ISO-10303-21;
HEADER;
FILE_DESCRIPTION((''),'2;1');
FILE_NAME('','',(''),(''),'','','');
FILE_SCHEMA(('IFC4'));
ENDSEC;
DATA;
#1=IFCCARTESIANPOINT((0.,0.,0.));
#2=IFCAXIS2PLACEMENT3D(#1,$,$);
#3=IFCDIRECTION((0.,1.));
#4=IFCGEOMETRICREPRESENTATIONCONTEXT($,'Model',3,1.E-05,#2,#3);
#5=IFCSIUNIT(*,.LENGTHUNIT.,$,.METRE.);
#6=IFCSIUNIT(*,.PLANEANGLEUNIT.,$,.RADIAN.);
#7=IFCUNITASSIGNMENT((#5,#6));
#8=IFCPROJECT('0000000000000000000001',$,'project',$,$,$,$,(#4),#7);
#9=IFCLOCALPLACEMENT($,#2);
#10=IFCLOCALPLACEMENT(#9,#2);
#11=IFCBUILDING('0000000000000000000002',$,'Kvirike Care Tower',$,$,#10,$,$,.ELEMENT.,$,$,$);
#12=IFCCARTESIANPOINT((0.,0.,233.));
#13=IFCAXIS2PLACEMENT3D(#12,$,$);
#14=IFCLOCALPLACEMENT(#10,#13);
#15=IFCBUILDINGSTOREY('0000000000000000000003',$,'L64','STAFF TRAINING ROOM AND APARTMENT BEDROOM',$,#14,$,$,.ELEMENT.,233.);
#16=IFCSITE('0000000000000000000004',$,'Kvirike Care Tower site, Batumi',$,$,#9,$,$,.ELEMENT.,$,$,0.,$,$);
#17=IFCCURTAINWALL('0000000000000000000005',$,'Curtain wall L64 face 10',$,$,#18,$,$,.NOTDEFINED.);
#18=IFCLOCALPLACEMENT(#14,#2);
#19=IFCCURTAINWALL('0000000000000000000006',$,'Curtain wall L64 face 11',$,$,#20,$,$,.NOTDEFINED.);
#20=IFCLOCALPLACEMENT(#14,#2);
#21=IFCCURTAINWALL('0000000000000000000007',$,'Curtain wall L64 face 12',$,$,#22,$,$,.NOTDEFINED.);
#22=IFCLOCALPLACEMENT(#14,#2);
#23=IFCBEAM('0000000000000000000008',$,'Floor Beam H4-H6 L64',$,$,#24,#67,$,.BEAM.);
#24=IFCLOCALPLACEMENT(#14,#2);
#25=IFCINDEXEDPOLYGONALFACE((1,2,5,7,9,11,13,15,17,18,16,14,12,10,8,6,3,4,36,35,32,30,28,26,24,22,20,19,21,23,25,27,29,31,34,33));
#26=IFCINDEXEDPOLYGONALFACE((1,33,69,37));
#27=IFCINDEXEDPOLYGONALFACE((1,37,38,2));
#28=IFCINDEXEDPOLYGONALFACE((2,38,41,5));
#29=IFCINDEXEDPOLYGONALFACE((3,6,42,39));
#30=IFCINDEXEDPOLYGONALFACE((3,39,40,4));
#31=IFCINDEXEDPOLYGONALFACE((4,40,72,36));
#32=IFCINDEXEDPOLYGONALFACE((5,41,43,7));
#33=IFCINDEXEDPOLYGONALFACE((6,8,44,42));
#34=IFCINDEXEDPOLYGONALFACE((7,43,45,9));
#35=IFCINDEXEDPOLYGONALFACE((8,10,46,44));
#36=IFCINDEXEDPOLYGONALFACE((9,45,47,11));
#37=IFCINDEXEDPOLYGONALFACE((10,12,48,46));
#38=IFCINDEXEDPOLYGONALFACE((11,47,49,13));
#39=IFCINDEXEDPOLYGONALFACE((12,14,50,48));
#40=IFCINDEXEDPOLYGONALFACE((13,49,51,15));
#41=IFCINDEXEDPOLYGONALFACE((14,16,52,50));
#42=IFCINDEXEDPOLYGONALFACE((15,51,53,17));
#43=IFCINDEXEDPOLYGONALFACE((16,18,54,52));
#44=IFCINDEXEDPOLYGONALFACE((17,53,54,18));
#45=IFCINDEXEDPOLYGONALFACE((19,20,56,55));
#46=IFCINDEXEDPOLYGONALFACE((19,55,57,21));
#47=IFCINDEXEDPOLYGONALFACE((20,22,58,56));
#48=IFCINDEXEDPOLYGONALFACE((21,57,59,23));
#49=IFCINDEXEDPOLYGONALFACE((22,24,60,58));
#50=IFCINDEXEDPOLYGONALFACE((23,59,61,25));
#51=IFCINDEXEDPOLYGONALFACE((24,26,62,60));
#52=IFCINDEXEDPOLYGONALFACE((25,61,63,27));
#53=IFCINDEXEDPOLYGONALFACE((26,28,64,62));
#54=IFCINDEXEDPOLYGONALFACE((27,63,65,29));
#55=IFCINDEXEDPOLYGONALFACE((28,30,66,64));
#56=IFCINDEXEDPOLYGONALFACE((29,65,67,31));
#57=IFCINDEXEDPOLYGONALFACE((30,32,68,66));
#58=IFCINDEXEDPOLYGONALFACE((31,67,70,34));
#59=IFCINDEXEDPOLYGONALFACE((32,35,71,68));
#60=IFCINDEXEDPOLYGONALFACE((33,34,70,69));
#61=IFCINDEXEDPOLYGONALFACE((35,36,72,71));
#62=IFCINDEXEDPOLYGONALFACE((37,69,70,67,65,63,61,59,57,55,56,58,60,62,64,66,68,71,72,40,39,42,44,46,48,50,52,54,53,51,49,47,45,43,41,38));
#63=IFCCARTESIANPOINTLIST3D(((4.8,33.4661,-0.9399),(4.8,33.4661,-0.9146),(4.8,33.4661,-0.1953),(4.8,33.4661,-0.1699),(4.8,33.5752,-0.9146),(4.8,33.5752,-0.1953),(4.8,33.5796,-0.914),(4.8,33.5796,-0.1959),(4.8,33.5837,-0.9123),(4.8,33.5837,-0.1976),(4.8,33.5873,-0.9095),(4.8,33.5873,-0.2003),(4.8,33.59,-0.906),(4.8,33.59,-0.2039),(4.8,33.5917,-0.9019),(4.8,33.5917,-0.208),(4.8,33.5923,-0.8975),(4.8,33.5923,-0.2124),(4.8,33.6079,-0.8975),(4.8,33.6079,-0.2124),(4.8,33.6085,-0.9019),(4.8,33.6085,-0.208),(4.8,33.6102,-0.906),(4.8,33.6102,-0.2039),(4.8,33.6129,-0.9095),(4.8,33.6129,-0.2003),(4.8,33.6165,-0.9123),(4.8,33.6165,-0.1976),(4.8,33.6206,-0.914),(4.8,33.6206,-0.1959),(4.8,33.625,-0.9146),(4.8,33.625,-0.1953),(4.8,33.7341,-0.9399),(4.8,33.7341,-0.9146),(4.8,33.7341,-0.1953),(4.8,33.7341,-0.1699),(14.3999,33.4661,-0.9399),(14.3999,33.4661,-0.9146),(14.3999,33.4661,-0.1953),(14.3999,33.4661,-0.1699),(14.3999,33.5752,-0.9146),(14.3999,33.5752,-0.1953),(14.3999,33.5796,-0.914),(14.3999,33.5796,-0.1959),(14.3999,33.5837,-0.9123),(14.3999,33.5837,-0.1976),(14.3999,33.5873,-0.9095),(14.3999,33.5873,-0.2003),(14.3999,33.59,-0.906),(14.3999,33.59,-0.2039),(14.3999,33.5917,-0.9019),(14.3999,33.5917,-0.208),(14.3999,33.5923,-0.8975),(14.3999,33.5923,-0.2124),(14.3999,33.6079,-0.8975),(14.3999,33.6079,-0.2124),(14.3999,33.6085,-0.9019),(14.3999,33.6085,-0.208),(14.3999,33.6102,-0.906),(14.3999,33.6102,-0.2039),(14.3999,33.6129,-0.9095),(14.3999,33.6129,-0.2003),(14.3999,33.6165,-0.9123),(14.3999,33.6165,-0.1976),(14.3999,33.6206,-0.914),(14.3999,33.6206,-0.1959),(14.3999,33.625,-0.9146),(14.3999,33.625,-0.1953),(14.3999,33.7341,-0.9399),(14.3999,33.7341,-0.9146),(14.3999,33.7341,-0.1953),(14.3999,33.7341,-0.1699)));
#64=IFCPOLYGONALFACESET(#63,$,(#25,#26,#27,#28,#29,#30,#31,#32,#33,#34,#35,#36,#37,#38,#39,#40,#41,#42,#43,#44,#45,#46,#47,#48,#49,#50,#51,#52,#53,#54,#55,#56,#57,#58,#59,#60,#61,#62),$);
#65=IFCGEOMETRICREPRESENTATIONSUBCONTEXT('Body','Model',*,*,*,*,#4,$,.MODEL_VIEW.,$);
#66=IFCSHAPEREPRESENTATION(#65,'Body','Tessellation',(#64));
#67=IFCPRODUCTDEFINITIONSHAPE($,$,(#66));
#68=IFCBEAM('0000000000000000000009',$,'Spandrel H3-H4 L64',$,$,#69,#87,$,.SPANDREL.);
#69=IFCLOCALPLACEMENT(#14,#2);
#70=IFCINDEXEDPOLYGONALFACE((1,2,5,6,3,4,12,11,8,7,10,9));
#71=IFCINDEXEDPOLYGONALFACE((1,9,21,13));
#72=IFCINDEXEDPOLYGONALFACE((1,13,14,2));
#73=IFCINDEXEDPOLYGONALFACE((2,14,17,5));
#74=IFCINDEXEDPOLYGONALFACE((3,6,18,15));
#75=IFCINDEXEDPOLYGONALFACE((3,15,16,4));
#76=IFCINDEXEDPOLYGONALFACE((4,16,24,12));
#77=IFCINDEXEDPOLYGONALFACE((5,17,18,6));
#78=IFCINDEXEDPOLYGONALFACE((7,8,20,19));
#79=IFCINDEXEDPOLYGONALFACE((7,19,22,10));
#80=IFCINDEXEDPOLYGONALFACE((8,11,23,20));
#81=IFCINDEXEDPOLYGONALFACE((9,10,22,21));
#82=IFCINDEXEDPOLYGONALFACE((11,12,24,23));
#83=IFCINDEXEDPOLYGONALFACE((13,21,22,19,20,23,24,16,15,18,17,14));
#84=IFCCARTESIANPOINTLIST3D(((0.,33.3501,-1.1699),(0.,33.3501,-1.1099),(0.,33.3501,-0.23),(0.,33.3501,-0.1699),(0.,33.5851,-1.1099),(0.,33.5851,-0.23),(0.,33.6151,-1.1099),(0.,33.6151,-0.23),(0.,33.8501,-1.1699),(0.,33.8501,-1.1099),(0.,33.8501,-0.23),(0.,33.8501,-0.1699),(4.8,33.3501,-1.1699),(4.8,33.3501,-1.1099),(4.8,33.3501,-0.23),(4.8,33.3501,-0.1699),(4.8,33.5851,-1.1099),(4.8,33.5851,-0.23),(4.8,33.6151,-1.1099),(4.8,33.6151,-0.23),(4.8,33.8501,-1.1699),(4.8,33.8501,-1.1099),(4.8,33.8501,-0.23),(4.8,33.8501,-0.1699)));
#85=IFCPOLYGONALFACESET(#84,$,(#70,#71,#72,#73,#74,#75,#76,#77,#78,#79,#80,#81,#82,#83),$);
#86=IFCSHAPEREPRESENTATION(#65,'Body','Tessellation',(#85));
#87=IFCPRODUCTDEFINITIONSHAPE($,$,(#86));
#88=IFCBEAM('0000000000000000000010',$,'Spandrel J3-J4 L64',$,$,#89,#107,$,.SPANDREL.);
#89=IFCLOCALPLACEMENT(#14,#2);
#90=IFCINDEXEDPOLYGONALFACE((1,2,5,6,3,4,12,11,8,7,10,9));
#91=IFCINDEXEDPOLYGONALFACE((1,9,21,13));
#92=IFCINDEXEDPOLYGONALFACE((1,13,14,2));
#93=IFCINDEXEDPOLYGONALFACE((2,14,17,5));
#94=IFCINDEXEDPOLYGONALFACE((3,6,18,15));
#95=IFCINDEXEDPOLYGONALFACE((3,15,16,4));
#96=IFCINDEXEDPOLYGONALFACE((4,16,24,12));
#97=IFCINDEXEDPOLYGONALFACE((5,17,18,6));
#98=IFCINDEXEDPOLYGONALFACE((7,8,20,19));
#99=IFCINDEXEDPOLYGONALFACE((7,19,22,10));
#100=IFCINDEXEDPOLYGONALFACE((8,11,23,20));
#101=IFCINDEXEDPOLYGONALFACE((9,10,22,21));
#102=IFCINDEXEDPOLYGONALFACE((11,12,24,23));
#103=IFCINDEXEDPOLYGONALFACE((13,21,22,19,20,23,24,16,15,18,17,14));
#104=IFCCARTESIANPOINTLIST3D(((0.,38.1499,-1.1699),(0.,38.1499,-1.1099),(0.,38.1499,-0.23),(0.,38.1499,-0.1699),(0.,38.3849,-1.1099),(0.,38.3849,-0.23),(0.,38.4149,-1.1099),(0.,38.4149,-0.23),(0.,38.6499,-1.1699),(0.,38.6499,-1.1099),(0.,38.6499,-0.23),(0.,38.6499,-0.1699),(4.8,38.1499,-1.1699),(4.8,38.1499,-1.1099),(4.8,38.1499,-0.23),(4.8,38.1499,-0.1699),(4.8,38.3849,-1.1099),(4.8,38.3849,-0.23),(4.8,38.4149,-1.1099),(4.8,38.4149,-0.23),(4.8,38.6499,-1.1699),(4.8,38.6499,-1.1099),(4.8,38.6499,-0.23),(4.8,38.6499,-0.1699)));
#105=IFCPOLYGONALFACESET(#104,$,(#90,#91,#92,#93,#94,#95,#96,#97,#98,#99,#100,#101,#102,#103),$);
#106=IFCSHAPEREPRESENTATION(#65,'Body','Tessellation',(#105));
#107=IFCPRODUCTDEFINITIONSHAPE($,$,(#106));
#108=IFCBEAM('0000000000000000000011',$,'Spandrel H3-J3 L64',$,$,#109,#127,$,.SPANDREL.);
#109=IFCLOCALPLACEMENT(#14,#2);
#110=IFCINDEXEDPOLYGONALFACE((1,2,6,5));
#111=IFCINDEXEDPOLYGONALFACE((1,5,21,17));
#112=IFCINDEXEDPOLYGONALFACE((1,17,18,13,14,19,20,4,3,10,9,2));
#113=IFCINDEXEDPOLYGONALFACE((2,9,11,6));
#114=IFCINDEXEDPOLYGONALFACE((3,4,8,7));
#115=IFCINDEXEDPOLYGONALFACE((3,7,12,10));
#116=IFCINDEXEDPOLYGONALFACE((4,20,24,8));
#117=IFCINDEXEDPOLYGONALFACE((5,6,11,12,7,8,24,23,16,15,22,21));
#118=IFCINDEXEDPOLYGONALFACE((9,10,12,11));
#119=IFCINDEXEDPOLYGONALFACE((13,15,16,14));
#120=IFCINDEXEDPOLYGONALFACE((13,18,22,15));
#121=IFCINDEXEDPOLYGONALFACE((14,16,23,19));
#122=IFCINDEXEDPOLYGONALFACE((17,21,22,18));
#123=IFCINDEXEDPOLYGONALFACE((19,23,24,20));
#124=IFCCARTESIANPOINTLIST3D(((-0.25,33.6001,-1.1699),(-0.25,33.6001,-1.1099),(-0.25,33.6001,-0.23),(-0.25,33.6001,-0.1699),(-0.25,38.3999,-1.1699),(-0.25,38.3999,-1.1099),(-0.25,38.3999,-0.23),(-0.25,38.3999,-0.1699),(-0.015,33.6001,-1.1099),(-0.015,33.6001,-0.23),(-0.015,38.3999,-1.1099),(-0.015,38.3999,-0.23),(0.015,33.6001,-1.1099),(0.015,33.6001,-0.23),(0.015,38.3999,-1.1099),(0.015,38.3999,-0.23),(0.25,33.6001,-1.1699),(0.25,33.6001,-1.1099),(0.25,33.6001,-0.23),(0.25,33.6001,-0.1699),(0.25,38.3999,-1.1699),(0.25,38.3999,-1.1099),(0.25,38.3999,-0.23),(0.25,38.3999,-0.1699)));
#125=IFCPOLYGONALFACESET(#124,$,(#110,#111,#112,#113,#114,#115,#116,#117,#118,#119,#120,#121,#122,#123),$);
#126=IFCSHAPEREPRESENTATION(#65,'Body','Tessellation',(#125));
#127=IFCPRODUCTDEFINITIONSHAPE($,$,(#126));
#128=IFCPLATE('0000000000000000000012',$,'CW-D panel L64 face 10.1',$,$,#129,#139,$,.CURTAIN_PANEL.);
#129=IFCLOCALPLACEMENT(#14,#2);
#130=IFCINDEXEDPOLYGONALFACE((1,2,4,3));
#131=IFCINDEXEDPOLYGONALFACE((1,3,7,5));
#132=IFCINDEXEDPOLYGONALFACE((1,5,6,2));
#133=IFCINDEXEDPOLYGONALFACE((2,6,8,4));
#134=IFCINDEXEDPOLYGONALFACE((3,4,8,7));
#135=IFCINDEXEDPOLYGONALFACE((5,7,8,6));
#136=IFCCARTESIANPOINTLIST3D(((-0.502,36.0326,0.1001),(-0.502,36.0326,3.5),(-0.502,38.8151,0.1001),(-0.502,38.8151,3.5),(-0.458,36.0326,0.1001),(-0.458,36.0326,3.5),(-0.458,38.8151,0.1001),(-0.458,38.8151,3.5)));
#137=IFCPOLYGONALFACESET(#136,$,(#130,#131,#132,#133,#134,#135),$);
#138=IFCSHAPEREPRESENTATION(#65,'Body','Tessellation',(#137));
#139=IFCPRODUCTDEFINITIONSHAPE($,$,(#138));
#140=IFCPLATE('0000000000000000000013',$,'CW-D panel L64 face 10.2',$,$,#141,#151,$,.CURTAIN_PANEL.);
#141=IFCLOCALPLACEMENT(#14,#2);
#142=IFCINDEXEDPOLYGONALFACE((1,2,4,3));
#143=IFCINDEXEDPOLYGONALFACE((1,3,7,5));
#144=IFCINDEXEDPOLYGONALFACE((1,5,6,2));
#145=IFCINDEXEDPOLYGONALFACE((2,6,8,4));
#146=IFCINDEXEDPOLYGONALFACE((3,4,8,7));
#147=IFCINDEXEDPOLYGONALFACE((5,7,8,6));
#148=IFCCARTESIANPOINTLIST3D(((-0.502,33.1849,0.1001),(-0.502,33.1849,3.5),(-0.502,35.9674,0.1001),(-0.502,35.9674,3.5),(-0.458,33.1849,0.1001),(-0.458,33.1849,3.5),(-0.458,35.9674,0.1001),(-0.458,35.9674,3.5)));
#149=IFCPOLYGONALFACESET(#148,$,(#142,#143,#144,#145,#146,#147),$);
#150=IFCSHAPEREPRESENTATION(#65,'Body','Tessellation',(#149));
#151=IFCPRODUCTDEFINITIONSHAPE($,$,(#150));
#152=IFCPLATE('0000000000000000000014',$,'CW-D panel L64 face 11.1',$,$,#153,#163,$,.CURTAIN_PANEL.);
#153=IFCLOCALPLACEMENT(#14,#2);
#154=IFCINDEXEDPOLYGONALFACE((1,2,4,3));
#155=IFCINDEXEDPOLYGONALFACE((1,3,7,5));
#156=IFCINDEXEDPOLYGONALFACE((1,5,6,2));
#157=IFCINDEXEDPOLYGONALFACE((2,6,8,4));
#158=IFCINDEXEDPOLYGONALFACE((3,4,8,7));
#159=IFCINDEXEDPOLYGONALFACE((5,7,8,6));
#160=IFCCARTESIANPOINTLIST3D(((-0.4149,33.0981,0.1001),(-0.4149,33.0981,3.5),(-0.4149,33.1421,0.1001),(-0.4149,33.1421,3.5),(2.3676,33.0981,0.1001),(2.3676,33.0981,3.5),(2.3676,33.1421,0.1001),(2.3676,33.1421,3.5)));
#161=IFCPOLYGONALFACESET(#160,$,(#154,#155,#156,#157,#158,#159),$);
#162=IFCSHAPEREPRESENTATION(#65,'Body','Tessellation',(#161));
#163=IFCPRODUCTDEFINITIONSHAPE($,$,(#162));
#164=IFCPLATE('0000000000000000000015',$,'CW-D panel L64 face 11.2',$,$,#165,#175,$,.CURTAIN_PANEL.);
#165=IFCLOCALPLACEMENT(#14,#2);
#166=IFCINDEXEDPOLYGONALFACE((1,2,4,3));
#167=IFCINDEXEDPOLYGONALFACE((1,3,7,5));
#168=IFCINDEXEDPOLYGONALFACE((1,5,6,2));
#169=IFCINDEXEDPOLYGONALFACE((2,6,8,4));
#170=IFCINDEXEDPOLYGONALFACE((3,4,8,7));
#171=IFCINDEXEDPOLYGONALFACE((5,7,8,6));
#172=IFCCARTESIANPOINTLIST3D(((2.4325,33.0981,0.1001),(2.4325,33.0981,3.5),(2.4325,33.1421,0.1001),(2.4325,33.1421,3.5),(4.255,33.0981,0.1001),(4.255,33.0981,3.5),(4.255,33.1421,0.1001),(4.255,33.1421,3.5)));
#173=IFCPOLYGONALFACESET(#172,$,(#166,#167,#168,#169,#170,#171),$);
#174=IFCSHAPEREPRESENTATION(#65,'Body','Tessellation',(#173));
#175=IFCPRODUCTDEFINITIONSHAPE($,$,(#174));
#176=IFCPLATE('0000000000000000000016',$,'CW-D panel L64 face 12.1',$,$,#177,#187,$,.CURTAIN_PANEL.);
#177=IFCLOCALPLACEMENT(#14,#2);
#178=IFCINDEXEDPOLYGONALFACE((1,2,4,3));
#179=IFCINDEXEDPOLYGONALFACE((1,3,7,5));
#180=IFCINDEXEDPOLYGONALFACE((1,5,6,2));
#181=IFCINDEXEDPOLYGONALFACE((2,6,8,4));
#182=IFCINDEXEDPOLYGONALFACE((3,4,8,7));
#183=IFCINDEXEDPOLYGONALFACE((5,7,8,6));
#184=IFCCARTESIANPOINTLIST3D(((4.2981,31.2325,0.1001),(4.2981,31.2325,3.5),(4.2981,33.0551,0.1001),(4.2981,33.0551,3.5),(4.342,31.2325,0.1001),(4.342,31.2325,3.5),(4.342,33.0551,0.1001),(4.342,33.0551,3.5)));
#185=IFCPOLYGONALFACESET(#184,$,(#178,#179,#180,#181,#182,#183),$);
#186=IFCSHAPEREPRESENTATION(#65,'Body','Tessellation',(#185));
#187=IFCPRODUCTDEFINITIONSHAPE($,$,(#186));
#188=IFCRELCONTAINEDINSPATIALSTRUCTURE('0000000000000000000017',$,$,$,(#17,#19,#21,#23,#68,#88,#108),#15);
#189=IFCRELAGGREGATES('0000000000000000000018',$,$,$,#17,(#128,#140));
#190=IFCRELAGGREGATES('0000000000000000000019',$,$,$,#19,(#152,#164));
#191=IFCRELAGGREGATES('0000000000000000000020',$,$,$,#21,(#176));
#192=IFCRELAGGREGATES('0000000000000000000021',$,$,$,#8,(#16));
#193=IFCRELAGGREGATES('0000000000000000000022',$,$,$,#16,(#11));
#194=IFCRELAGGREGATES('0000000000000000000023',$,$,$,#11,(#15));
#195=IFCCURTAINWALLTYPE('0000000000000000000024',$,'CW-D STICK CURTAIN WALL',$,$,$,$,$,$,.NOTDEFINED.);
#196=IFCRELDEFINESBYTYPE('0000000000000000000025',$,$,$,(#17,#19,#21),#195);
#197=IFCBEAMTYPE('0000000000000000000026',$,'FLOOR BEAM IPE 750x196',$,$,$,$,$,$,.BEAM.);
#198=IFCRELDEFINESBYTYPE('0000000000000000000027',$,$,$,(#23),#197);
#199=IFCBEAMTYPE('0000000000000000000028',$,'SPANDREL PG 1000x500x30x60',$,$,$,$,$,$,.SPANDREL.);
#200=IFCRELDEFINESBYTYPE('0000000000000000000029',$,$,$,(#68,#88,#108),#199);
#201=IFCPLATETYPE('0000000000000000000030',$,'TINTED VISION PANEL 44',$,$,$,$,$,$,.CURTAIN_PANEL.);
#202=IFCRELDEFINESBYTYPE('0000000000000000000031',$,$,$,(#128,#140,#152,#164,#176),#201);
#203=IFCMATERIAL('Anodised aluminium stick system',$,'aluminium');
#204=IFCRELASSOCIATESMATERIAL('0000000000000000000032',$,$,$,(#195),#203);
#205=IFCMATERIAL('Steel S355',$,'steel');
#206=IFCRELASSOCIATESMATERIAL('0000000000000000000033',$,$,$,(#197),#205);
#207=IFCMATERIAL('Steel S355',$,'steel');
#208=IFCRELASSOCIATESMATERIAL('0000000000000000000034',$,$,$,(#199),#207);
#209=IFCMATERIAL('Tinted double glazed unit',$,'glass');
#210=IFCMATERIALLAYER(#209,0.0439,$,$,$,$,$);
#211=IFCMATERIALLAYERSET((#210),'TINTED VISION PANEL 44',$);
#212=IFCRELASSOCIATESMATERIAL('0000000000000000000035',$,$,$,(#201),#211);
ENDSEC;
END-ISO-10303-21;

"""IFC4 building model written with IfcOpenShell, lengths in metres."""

from ifc_helpers import new_model, si_unit, direction, frame, origin, origin_2d, place, context, subcontext, project, spatial, rectangle, i_section, extrude, material, layer, layer_set, material_profile, profile_set, type_object, element, aggregate, save


model = new_model("IFC4")

# Units and contexts
model_context = context("Model", 3, precision=1e-05, world=origin(), true_north=direction((0.0, 1.0)))
body_context = subcontext(model_context, "Body", "Model", "MODEL_VIEW")
ifc_project = project(units=[si_unit("LENGTHUNIT", "METRE"), si_unit("PLANEANGLEUNIT", "RADIAN")], contexts=[model_context])

# Site, building, storey
site_placement = place(None, origin())
site = spatial("IfcSite", under=ifc_project, at=site_placement, Name="Kvirike Care Tower site, Batumi", CompositionType="ELEMENT", RefElevation=0.0)
building_placement = place(site_placement, origin())
building = spatial("IfcBuilding", under=site, at=building_placement, Name="Kvirike Care Tower", CompositionType="ELEMENT")
storey_placement = place(building_placement, frame((0.0, 0.0, 233.0)))
storey = spatial("IfcBuildingStorey", under=building, at=storey_placement, Name="L64", Description="STAFF TRAINING ROOM AND APARTMENT BEDROOM", CompositionType="ELEMENT", Elevation=233.0)

# Curtain walls
ifc_material_1 = material(Name="Anodised aluminium stick system", Category="aluminium")
curtain_wall_type = type_object("IfcCurtainWallType", Name="CW-D STICK CURTAIN WALL", PredefinedType="NOTDEFINED", material=ifc_material_1)
curtain_wall_1_placement = place(storey_placement, origin())
curtain_wall_1 = element("IfcCurtainWall", 1, at=curtain_wall_1_placement, inside=storey, type_object=curtain_wall_type, Name="Curtain wall L64 face 10", PredefinedType="NOTDEFINED")
curtain_wall_2_placement = place(storey_placement, origin())
curtain_wall_2 = element("IfcCurtainWall", 2, at=curtain_wall_2_placement, inside=storey, type_object=curtain_wall_type, Name="Curtain wall L64 face 11", PredefinedType="NOTDEFINED")

# Curtain wall
curtain_wall_3_placement = place(storey_placement, origin())
curtain_wall_3 = element("IfcCurtainWall", 3, at=curtain_wall_3_placement, inside=storey, type_object=curtain_wall_type, Name="Curtain wall L64 face 12", PredefinedType="NOTDEFINED")

# Beams
ifc_material_2 = material(Name="Steel S355", Category="steel")
ifc_material_profile_1 = material_profile(ifc_material_2, i_section(OverallWidth=0.2681, OverallDepth=0.77, WebThickness=0.0156, FlangeThickness=0.0254, FilletRadius=0.0171, at=origin_2d()), Name="IPE 750x196")
ifc_profile_set_1 = profile_set([ifc_material_profile_1], Name="Steel S355")
beam_type_1 = type_object("IfcBeamType", Name="FLOOR BEAM IPE 750x196", PredefinedType="BEAM", material=ifc_profile_set_1)
beam_1_placement = place(storey_placement, frame((4.8, 33.6001, -0.5549), z_axis=(1.0, 0.0, 0.0), x_axis=(0.0, 1.0, 0.0)))
element("IfcBeam", 4, at=beam_1_placement, inside=storey, type_object=beam_type_1, Name="Floor Beam H4-H6 L64", PredefinedType="BEAM", context=body_context, shape_type="SweptSolid", body=[
    extrude(i_section(OverallWidth=0.2681, OverallDepth=0.77, WebThickness=0.0156, FlangeThickness=0.0254, FilletRadius=0.0171, at=origin_2d()), origin(), (0.0, 0.0, 1.0), 9.5999),
])
ifc_material_3 = material(Name="Steel S355", Category="steel")
ifc_material_profile_2 = material_profile(ifc_material_3, i_section(OverallWidth=0.5, OverallDepth=1.0, WebThickness=0.03, FlangeThickness=0.0601, at=origin_2d()), Name="PG 1000x500x30x60")
ifc_profile_set_2 = profile_set([ifc_material_profile_2], Name="Steel S355")
beam_type_2 = type_object("IfcBeamType", Name="SPANDREL PG 1000x500x30x60", PredefinedType="SPANDREL", material=ifc_profile_set_2)
for number, where, z_axis, x_axis, name in (
    (5, (0.0, 33.6001, -0.6699), (1.0, 0.0, 0.0), (0.0, 1.0, 0.0), "Spandrel H3-H4 L64"),
    (6, (0.0, 38.3999, -0.6699), (1.0, 0.0, 0.0), (0.0, 1.0, 0.0), "Spandrel J3-J4 L64"),
):
    element("IfcBeam", number, at=place(storey_placement, frame(where, z_axis=z_axis, x_axis=x_axis)), inside=storey, type_object=beam_type_2, Name=name, PredefinedType="SPANDREL", context=body_context, shape_type="SweptSolid", body=[
        extrude(i_section(OverallWidth=0.5, OverallDepth=1.0, WebThickness=0.03, FlangeThickness=0.0601, at=origin_2d()), origin(), (0.0, 0.0, 1.0), 4.8),
    ])
beam_2_placement = place(storey_placement, frame((0.0, 33.6001, -0.6699), z_axis=(0.0, 1.0, 0.0), x_axis=(-1.0, 0.0, 0.0)))
element("IfcBeam", 7, at=beam_2_placement, inside=storey, type_object=beam_type_2, Name="Spandrel H3-J3 L64", PredefinedType="SPANDREL", context=body_context, shape_type="SweptSolid", body=[
    extrude(i_section(OverallWidth=0.5, OverallDepth=1.0, WebThickness=0.03, FlangeThickness=0.0601, at=origin_2d()), origin(), (0.0, 0.0, 1.0), 4.7998),
])

# Plates
ifc_material_4 = material(Name="Tinted double glazed unit", Category="glass")
ifc_layer_1 = layer(ifc_material_4, 0.0439)
ifc_layer_set_1 = layer_set([ifc_layer_1], Name="TINTED VISION PANEL 44")
plate_type = type_object("IfcPlateType", Name="TINTED VISION PANEL 44", PredefinedType="CURTAIN_PANEL", material=ifc_layer_set_1)
plate_1_placement = place(storey_placement, frame((-0.48, 37.4238, 0.1001), z_axis=(0.0, 0.0, 1.0), x_axis=(0.0, -1.0, 0.0)))
plate_1 = element("IfcPlate", 8, at=plate_1_placement, type_object=plate_type, Name="CW-D panel L64 face 10.1", PredefinedType="CURTAIN_PANEL", context=body_context, shape_type="SweptSolid", body=[
    extrude(rectangle(XDim=2.7825, YDim=0.0439, at=origin_2d()), origin(), (0.0, 0.0, 1.0), 3.3999),
])
plate_2_placement = place(storey_placement, frame((-0.48, 34.5762, 0.1001), z_axis=(0.0, 0.0, 1.0), x_axis=(0.0, -1.0, 0.0)))
plate_2 = element("IfcPlate", 9, at=plate_2_placement, type_object=plate_type, Name="CW-D panel L64 face 10.2", PredefinedType="CURTAIN_PANEL", context=body_context, shape_type="SweptSolid", body=[
    extrude(rectangle(XDim=2.7825, YDim=0.0439, at=origin_2d()), origin(), (0.0, 0.0, 1.0), 3.3999),
])
aggregate(curtain_wall_1, [plate_1, plate_2])
plate_3_placement = place(storey_placement, frame((0.9763, 33.1201, 0.1001), z_axis=(0.0, 0.0, 1.0), x_axis=(1.0, 0.0, 0.0)))
plate_3 = element("IfcPlate", 10, at=plate_3_placement, type_object=plate_type, Name="CW-D panel L64 face 11.1", PredefinedType="CURTAIN_PANEL", context=body_context, shape_type="SweptSolid", body=[
    extrude(rectangle(XDim=2.7825, YDim=0.0439, at=origin_2d()), origin(), (0.0, 0.0, 1.0), 3.3999),
])
plate_4_placement = place(storey_placement, frame((3.3438, 33.1201, 0.1001), z_axis=(0.0, 0.0, 1.0), x_axis=(1.0, 0.0, 0.0)))
plate_4 = element("IfcPlate", 11, at=plate_4_placement, type_object=plate_type, Name="CW-D panel L64 face 11.2", PredefinedType="CURTAIN_PANEL", context=body_context, shape_type="SweptSolid", body=[
    extrude(rectangle(XDim=1.8225, YDim=0.0439, at=origin_2d()), origin(), (0.0, 0.0, 1.0), 3.3999),
])
aggregate(curtain_wall_2, [plate_3, plate_4])
plate_5_placement = place(storey_placement, frame((4.3201, 32.1438, 0.1001), z_axis=(0.0, 0.0, 1.0), x_axis=(0.0, -1.0, 0.0)))
plate_5 = element("IfcPlate", 12, at=plate_5_placement, type_object=plate_type, Name="CW-D panel L64 face 12.1", PredefinedType="CURTAIN_PANEL", context=body_context, shape_type="SweptSolid", body=[
    extrude(rectangle(XDim=1.8225, YDim=0.0439, at=origin_2d()), origin(), (0.0, 0.0, 1.0), 3.3999),
])
aggregate(curtain_wall_3, [plate_5])

save(model, "model.ifc")
